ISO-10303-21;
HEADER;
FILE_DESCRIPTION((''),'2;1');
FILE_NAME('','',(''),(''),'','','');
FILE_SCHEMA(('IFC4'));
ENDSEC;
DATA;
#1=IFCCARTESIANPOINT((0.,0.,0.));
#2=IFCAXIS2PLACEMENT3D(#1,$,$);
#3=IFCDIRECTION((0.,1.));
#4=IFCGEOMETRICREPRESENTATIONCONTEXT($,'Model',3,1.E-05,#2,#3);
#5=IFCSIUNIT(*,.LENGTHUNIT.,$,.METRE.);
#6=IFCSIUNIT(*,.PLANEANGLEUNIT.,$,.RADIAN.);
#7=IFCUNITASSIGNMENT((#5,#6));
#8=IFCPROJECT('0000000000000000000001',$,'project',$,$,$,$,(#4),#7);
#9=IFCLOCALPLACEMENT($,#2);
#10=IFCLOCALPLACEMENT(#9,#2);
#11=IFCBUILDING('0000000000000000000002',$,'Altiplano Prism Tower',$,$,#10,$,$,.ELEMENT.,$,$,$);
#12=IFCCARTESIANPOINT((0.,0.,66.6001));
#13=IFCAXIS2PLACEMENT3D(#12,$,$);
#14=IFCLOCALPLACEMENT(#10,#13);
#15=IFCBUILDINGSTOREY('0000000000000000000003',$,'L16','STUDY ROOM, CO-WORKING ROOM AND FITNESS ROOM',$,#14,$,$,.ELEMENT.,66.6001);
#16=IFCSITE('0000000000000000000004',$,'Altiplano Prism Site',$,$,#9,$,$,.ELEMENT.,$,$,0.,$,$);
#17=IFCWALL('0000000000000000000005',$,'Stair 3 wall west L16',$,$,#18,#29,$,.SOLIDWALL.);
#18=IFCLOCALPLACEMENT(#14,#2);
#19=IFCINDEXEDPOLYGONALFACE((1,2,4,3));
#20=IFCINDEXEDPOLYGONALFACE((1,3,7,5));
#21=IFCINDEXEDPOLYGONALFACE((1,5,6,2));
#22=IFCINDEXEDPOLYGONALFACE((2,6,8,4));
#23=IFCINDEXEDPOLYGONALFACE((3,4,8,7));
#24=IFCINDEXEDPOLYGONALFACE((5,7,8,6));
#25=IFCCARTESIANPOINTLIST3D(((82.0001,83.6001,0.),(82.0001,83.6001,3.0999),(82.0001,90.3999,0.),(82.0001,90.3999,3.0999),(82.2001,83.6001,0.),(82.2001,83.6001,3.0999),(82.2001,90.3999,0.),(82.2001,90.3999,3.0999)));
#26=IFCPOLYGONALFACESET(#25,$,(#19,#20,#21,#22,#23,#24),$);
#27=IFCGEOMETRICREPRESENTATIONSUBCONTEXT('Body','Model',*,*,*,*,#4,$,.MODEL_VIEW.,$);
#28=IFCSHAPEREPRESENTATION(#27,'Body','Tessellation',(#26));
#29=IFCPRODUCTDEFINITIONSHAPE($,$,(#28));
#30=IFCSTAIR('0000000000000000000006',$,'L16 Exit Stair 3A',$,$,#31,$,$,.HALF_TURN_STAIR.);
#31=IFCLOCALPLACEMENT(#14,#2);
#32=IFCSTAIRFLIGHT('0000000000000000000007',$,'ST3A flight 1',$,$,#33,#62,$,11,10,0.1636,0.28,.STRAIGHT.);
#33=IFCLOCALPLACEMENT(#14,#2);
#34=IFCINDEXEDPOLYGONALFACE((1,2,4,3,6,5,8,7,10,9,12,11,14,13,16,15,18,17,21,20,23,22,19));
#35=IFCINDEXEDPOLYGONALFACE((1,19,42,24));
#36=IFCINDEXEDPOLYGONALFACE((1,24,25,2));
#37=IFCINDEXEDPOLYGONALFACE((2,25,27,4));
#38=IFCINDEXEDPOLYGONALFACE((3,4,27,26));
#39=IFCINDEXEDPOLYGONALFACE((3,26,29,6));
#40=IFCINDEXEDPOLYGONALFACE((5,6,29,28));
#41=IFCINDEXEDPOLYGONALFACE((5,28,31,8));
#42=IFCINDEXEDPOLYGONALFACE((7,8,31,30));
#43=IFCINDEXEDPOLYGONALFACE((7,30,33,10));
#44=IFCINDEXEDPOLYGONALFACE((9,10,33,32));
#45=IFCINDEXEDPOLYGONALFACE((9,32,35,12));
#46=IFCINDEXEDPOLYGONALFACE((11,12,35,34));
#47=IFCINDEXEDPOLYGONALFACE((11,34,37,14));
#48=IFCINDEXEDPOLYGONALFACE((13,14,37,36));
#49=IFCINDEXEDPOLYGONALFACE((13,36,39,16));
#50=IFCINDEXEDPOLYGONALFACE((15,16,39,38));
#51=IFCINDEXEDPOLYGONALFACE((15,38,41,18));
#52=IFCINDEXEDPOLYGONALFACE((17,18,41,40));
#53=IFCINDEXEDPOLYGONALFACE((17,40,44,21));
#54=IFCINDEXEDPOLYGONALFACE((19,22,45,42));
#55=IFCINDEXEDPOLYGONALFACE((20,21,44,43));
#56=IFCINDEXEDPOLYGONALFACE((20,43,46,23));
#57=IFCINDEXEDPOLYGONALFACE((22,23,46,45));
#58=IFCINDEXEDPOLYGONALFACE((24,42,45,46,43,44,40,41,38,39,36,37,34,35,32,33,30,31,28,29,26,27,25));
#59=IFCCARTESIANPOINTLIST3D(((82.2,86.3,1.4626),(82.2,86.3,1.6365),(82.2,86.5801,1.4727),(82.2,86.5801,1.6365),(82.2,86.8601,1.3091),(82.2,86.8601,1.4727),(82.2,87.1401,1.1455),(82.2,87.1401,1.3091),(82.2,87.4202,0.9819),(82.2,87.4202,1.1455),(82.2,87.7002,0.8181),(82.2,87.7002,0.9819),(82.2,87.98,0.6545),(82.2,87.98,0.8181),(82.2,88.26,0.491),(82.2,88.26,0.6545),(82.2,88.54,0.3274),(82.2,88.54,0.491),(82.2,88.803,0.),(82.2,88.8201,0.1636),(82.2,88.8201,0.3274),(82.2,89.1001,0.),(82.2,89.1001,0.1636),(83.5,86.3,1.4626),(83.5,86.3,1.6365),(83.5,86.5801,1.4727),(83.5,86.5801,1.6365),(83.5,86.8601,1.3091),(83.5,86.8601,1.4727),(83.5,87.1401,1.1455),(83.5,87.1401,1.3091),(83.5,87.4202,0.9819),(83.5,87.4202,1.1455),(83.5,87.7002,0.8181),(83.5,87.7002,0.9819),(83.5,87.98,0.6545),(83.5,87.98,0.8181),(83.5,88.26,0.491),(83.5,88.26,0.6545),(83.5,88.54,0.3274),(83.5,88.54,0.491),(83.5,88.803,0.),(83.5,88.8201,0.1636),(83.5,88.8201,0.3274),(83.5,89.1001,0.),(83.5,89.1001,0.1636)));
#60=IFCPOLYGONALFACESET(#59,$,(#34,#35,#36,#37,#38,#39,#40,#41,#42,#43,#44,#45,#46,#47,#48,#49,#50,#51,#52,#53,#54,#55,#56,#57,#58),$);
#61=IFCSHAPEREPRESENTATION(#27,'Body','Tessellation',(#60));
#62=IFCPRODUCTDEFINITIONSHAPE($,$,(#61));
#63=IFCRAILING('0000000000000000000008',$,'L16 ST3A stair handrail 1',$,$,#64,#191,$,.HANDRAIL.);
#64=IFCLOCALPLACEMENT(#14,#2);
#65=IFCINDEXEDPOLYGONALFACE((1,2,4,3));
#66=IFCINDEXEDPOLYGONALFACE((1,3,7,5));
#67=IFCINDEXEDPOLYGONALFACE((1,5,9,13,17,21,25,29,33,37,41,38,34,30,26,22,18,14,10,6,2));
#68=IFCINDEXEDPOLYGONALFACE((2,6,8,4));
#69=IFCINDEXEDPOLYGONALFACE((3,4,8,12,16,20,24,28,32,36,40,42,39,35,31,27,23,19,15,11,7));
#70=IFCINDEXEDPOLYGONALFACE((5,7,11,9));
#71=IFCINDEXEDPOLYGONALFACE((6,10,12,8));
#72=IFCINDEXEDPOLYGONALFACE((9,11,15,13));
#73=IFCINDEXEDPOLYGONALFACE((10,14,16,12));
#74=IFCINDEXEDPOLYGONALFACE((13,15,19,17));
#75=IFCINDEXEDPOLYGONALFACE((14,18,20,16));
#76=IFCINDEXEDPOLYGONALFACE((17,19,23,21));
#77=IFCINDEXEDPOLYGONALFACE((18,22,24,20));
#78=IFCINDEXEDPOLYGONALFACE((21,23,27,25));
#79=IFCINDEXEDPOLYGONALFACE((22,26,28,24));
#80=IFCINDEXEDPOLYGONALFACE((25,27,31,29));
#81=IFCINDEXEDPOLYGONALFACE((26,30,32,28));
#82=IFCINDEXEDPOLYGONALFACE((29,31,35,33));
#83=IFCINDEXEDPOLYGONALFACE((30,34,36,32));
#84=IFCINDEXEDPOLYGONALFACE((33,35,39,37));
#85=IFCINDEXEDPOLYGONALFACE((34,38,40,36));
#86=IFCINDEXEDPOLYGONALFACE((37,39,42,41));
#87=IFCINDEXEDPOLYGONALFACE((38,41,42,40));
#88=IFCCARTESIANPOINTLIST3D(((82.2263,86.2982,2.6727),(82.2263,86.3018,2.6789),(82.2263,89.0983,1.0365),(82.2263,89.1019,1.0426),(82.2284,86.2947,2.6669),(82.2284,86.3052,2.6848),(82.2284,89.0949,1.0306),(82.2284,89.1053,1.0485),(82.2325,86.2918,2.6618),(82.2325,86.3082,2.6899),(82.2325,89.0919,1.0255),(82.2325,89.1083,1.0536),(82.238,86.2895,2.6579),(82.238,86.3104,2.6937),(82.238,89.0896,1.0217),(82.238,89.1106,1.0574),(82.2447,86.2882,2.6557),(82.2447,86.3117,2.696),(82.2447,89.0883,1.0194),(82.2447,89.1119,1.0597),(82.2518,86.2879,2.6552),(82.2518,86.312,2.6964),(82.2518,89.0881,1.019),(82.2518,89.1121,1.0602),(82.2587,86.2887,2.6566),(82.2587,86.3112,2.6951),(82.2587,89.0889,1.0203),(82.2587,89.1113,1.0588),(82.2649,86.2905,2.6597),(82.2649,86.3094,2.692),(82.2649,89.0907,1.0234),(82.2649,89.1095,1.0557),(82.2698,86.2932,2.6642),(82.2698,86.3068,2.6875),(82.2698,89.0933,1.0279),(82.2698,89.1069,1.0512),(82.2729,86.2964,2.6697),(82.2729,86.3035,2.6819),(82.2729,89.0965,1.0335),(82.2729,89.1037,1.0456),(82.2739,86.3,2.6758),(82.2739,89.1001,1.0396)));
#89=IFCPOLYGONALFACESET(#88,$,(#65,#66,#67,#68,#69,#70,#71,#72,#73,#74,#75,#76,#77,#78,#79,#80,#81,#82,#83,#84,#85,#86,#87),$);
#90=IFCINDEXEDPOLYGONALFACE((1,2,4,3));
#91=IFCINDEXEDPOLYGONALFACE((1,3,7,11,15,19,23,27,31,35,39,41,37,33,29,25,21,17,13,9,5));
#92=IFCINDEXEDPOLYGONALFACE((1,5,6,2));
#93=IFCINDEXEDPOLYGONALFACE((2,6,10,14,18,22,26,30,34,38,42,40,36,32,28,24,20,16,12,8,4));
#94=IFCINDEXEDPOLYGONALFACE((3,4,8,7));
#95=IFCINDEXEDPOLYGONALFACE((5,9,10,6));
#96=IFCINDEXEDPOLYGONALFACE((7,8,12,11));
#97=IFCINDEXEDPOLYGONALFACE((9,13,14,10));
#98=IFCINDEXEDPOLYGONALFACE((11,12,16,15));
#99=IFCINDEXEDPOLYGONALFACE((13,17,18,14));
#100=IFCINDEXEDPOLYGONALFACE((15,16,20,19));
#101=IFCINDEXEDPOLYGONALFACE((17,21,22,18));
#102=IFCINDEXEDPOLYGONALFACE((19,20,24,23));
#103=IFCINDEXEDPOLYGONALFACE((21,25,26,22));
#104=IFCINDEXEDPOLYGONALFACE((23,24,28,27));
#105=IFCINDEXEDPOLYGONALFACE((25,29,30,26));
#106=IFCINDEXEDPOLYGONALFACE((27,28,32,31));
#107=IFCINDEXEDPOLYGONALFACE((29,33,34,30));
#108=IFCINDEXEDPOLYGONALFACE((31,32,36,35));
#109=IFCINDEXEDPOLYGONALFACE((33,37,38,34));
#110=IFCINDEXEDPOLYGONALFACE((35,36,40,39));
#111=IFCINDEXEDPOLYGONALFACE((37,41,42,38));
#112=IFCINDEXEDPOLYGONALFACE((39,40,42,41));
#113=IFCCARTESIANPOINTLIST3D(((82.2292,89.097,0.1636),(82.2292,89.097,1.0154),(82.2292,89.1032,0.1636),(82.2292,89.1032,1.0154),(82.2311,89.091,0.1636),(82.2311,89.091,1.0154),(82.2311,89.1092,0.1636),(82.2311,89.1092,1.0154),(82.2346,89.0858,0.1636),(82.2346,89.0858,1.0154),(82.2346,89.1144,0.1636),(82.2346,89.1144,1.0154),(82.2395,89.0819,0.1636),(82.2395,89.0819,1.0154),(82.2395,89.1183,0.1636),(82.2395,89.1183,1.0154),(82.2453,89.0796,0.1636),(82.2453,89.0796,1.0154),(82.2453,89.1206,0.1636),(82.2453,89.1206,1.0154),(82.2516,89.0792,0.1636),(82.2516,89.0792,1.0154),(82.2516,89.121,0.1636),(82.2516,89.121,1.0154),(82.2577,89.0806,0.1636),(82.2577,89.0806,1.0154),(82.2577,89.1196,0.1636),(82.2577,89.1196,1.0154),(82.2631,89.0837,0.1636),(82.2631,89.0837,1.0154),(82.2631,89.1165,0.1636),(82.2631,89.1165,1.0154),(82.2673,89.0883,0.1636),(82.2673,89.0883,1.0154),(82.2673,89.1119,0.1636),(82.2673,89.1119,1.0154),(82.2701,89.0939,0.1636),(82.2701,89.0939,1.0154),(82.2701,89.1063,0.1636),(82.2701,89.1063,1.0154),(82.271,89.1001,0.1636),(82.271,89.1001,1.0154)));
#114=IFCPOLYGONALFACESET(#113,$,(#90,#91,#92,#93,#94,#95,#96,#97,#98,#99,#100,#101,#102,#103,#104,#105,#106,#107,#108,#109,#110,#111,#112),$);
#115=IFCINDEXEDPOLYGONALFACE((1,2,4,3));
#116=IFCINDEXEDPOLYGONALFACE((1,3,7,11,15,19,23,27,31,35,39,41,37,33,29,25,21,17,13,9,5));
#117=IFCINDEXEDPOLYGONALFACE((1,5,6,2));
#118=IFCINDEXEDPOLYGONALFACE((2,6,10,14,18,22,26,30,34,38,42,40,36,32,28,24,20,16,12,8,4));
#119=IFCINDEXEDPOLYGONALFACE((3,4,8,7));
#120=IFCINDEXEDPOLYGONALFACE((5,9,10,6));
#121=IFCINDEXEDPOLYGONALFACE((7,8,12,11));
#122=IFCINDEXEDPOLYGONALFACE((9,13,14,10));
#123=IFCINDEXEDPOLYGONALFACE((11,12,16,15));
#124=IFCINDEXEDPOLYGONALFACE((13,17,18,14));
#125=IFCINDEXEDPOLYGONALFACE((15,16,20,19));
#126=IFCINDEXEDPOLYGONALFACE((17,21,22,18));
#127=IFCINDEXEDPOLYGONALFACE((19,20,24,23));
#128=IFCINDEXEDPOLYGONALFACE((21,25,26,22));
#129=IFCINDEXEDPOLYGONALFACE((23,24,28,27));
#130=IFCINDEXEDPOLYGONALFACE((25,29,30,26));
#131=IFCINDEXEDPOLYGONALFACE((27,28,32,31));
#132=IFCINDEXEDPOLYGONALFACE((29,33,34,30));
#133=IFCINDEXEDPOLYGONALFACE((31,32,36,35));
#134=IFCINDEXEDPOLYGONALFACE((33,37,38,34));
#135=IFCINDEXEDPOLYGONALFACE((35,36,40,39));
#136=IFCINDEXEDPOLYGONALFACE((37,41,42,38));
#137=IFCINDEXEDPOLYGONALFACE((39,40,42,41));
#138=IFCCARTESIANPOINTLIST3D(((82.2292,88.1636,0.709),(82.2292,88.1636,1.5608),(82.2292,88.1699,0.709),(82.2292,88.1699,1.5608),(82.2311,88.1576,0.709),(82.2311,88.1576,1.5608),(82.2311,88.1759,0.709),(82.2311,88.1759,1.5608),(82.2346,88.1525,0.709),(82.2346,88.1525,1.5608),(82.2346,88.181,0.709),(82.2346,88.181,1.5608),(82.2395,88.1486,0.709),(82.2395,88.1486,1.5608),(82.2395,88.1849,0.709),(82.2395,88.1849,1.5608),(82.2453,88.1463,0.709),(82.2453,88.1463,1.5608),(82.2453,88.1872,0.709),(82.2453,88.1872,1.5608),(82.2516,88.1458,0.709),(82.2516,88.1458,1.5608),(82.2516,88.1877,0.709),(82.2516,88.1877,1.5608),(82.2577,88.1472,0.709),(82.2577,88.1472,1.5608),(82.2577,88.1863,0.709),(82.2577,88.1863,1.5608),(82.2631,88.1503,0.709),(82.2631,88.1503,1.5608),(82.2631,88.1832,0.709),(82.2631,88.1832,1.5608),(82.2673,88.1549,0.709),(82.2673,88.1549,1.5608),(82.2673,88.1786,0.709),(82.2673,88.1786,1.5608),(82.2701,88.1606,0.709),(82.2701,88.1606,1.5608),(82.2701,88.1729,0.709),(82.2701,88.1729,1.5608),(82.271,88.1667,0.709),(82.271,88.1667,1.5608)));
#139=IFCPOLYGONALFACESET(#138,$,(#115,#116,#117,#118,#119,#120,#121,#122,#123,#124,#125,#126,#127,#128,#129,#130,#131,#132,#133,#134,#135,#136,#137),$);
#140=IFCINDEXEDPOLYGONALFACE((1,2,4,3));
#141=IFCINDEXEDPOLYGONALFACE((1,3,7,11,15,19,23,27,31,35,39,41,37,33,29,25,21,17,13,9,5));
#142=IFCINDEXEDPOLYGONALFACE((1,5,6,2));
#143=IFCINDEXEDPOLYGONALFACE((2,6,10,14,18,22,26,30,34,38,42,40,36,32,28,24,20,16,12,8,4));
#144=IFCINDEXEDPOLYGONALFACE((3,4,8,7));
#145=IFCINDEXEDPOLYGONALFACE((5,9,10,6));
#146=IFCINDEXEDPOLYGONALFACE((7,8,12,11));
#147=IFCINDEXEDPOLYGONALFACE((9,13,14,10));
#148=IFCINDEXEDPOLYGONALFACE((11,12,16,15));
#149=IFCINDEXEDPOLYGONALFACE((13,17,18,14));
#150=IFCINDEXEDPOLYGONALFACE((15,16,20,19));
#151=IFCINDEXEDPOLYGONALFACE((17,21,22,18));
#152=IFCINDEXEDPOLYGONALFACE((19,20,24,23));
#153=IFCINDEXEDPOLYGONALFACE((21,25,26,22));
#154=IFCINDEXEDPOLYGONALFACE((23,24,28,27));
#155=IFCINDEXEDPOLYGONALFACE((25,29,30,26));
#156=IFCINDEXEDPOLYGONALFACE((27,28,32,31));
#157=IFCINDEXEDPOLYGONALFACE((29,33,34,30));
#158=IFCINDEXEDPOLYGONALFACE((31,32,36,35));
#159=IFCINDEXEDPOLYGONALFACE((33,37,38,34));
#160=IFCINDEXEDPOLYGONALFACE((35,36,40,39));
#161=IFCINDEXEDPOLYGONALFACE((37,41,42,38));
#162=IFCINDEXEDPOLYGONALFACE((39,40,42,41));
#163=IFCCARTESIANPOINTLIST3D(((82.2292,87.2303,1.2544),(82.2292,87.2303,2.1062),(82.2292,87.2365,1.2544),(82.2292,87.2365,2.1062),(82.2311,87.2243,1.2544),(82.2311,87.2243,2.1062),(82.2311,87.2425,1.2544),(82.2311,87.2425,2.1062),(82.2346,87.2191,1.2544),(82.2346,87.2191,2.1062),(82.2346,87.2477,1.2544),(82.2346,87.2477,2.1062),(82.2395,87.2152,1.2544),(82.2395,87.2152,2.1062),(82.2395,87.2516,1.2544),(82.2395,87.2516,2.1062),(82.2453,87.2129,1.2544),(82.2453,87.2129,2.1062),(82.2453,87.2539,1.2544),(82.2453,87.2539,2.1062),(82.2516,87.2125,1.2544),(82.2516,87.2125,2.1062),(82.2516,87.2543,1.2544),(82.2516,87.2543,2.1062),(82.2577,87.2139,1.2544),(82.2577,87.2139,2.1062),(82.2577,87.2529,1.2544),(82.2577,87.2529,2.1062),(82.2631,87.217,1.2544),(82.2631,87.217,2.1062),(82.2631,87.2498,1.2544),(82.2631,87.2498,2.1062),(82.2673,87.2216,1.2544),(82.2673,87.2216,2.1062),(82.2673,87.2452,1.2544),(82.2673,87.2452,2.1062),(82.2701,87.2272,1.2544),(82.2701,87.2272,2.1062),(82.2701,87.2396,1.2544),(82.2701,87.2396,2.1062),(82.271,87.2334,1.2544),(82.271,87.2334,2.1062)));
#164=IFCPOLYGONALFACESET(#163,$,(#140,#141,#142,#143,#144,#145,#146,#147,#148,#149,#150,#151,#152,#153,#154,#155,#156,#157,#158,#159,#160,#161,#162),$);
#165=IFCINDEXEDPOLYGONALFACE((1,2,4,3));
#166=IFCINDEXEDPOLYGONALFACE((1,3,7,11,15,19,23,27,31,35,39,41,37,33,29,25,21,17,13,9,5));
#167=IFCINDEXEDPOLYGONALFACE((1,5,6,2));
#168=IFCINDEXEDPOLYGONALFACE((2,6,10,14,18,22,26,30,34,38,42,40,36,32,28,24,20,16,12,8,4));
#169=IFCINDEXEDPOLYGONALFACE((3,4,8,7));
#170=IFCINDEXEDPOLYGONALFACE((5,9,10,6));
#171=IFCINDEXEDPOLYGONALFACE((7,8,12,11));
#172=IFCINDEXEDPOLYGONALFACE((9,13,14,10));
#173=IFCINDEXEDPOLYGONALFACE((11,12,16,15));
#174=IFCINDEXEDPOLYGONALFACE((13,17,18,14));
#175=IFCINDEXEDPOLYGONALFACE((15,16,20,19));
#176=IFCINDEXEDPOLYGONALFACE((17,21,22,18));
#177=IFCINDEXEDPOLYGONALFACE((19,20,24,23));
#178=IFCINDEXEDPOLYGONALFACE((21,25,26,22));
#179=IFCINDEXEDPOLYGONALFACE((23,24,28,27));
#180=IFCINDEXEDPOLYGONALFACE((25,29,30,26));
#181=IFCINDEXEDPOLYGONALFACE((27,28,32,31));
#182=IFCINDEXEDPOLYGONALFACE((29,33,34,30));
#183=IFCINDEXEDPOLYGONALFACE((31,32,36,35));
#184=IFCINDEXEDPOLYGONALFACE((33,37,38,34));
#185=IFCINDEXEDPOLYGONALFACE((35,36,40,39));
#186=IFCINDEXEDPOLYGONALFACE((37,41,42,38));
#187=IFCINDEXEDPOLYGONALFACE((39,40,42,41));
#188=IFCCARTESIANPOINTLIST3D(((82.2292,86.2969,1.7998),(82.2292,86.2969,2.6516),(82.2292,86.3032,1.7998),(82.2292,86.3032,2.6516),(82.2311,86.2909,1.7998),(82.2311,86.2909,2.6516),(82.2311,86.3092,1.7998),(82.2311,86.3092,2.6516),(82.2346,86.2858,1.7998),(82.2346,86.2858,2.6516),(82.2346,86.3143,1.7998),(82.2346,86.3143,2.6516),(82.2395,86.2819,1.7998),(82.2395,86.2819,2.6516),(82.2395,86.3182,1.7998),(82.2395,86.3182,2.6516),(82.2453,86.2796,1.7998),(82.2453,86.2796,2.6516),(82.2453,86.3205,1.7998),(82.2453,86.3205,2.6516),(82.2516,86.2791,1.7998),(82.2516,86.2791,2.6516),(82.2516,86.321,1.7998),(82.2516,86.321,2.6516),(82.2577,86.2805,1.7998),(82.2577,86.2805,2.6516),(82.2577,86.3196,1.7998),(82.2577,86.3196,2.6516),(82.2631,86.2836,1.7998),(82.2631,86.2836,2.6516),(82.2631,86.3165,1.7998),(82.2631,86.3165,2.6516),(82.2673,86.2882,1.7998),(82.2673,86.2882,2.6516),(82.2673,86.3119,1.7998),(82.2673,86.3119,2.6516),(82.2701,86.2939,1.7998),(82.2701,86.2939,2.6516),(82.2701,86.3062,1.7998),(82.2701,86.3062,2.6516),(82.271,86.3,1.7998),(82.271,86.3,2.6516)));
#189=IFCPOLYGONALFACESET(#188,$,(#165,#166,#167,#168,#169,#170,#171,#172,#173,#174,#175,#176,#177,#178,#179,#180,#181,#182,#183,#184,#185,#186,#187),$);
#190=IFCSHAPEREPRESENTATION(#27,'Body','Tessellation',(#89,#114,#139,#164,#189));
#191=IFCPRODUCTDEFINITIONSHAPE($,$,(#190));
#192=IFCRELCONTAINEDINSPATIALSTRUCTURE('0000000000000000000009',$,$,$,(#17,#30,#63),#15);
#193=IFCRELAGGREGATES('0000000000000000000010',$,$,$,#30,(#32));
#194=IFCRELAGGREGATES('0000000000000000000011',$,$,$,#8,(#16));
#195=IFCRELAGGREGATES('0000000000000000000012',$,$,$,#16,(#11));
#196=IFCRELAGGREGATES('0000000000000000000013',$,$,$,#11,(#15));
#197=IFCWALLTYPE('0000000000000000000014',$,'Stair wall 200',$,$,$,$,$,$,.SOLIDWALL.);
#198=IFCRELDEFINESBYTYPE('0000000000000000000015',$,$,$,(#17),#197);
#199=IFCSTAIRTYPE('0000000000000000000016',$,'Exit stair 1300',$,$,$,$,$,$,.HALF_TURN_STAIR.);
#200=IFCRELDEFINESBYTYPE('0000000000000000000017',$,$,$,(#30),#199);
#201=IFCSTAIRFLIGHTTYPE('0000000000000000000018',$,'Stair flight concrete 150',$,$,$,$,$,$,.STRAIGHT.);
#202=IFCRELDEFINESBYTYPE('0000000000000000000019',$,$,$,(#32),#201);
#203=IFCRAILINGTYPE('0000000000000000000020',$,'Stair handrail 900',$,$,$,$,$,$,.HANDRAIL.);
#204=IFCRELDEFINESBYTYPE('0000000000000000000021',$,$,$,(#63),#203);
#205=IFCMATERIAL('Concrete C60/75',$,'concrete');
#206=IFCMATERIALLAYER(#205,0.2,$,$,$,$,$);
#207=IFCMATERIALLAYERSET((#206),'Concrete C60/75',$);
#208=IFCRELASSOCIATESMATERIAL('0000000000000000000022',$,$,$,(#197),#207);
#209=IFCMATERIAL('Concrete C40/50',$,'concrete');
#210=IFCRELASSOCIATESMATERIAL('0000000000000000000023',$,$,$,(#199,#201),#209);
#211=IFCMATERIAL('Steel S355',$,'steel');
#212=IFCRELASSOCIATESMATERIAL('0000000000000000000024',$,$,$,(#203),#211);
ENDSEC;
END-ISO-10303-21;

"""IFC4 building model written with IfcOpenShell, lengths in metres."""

from ifc_helpers import new_model, si_unit, direction, frame, frame_2d, origin, origin_2d, place, context, subcontext, project, spatial, polyline, rectangle, circle, outline, extrude, material, layer, layer_set, type_object, element, aggregate, save


model = new_model("IFC4")

# Units and contexts
model_context = context("Model", 3, precision=1e-05, world=origin(), true_north=direction((0.0, 1.0)))
body_context = subcontext(model_context, "Body", "Model", "MODEL_VIEW")
ifc_project = project(units=[si_unit("LENGTHUNIT", "METRE"), si_unit("PLANEANGLEUNIT", "RADIAN")], contexts=[model_context])

# Site, building, storey
site_placement = place(None, origin())
site = spatial("IfcSite", under=ifc_project, at=site_placement, Name="Altiplano Prism Site", CompositionType="ELEMENT", RefElevation=0.0)
building_placement = place(site_placement, origin())
building = spatial("IfcBuilding", under=site, at=building_placement, Name="Altiplano Prism Tower", CompositionType="ELEMENT")
storey_placement = place(building_placement, frame((0.0, 0.0, 66.6001)))
storey = spatial("IfcBuildingStorey", under=building, at=storey_placement, Name="L16", Description="STUDY ROOM, CO-WORKING ROOM AND FITNESS ROOM", CompositionType="ELEMENT", Elevation=66.6001)

# Shared definitions
ifc_material_1 = material(Name="Concrete C60/75", Category="concrete")

# Shared definitions
ifc_material_2 = material(Name="Steel S355", Category="steel")

# Wall
ifc_layer_1 = layer(ifc_material_1, 0.2)
ifc_layer_set_1 = layer_set([ifc_layer_1], Name="Concrete C60/75")
wall_type_1 = type_object("IfcWallType", Name="Stair wall 200", PredefinedType="SOLIDWALL", material=ifc_layer_set_1)
wall_1_placement = place(storey_placement, frame((82.1001, 83.6001, 0.0), z_axis=(0.0, 0.0, 1.0), x_axis=(0.0, 1.0, 0.0)))
element("IfcWall", 1, at=wall_1_placement, inside=storey, type_object=wall_type_1, Name="Stair 3 wall west L16", PredefinedType="SOLIDWALL", context=body_context, shape_type="SweptSolid", body=[
    extrude(rectangle(XDim=6.7998, YDim=0.2, at=frame_2d((3.3999, 0.0))), origin(), (0.0, 0.0, 1.0), 3.0999),
])

# Stair, stair flight
ifc_material_3 = material(Name="Concrete C40/50", Category="concrete")
stair_type = type_object("IfcStairType", Name="Exit stair 1300", PredefinedType="HALF_TURN_STAIR", material=ifc_material_3)
stair_placement = place(storey_placement, origin())
stair = element("IfcStair", 2, at=stair_placement, inside=storey, type_object=stair_type, Name="L16 Exit Stair 3A", PredefinedType="HALF_TURN_STAIR")
stair_flight_type = type_object("IfcStairFlightType", Name="Stair flight concrete 150", PredefinedType="STRAIGHT", material=ifc_material_3)
stair_flight_placement = place(storey_placement, frame((82.8501, 89.1001, 0.0), z_axis=(0.0, 0.0, 1.0), x_axis=(0.0, -1.0, 0.0)))
stair_flight = element("IfcStairFlight", 3, at=stair_flight_placement, type_object=stair_flight_type, Name="ST3A flight 1", NumberOfRisers=11, NumberOfTreads=10, PredefinedType="STRAIGHT", RiserHeight=0.1636, TreadLength=0.28, context=body_context, shape_type="SweptSolid", body=[
    extrude(outline(polyline([(0.0, 0.0), (0.0, 0.1636), (0.28, 0.1636), (0.28, 0.3274), (0.5601, 0.3274), (0.5601, 0.491), (0.8401, 0.491), (0.8401, 0.6545), (1.1201, 0.6545), (1.1201, 0.8181), (1.3999, 0.8181), (1.3999, 0.9819), (1.6799, 0.9819), (1.6799, 1.1455), (1.96, 1.1455), (1.96, 1.3091), (2.24, 1.3091), (2.24, 1.4727), (2.52, 1.4727), (2.52, 1.6365), (2.8, 1.6365), (2.8, 1.8), (2.8, 1.4626), (0.2971, 0.0), (0.0, 0.0)])), frame((0.0, 0.6499, 0.0), z_axis=(0.0, -1.0, 0.0), x_axis=(1.0, 0.0, 0.0)), (0.0, 0.0, 1.0), 1.3),
])
aggregate(stair, [stair_flight])

# Railing
railing_type = type_object("IfcRailingType", Name="Stair handrail 900", PredefinedType="HANDRAIL", material=ifc_material_2)
railing_placement = place(storey_placement, frame((82.25, 89.1001, 0.1636)))
element("IfcRailing", 4, at=railing_placement, inside=storey, type_object=railing_type, Name="L16 ST3A stair handrail 1", PredefinedType="HANDRAIL", context=body_context, shape_type="SweptSolid", body=[
    extrude(circle(Radius=0.0239, at=origin_2d()), frame((0.0, 0.0, 0.876), z_axis=(0.0, -0.863394, 0.504531), x_axis=(1.0, 0.0, 0.0)), (0.0, 0.0, 1.0), 3.2432),
    extrude(circle(Radius=0.021, at=origin_2d()), origin(), (0.0, 0.0, 1.0), 0.8518),
    extrude(circle(Radius=0.021, at=origin_2d()), frame((0.0, -0.9333, 0.5454)), (0.0, 0.0, 1.0), 0.8518),
    extrude(circle(Radius=0.021, at=origin_2d()), frame((0.0, -1.8667, 1.0908)), (0.0, 0.0, 1.0), 0.8518),
    extrude(circle(Radius=0.021, at=origin_2d()), frame((0.0, -2.8, 1.6362)), (0.0, 0.0, 1.0), 0.8518),
])

save(model, "model.ifc")
